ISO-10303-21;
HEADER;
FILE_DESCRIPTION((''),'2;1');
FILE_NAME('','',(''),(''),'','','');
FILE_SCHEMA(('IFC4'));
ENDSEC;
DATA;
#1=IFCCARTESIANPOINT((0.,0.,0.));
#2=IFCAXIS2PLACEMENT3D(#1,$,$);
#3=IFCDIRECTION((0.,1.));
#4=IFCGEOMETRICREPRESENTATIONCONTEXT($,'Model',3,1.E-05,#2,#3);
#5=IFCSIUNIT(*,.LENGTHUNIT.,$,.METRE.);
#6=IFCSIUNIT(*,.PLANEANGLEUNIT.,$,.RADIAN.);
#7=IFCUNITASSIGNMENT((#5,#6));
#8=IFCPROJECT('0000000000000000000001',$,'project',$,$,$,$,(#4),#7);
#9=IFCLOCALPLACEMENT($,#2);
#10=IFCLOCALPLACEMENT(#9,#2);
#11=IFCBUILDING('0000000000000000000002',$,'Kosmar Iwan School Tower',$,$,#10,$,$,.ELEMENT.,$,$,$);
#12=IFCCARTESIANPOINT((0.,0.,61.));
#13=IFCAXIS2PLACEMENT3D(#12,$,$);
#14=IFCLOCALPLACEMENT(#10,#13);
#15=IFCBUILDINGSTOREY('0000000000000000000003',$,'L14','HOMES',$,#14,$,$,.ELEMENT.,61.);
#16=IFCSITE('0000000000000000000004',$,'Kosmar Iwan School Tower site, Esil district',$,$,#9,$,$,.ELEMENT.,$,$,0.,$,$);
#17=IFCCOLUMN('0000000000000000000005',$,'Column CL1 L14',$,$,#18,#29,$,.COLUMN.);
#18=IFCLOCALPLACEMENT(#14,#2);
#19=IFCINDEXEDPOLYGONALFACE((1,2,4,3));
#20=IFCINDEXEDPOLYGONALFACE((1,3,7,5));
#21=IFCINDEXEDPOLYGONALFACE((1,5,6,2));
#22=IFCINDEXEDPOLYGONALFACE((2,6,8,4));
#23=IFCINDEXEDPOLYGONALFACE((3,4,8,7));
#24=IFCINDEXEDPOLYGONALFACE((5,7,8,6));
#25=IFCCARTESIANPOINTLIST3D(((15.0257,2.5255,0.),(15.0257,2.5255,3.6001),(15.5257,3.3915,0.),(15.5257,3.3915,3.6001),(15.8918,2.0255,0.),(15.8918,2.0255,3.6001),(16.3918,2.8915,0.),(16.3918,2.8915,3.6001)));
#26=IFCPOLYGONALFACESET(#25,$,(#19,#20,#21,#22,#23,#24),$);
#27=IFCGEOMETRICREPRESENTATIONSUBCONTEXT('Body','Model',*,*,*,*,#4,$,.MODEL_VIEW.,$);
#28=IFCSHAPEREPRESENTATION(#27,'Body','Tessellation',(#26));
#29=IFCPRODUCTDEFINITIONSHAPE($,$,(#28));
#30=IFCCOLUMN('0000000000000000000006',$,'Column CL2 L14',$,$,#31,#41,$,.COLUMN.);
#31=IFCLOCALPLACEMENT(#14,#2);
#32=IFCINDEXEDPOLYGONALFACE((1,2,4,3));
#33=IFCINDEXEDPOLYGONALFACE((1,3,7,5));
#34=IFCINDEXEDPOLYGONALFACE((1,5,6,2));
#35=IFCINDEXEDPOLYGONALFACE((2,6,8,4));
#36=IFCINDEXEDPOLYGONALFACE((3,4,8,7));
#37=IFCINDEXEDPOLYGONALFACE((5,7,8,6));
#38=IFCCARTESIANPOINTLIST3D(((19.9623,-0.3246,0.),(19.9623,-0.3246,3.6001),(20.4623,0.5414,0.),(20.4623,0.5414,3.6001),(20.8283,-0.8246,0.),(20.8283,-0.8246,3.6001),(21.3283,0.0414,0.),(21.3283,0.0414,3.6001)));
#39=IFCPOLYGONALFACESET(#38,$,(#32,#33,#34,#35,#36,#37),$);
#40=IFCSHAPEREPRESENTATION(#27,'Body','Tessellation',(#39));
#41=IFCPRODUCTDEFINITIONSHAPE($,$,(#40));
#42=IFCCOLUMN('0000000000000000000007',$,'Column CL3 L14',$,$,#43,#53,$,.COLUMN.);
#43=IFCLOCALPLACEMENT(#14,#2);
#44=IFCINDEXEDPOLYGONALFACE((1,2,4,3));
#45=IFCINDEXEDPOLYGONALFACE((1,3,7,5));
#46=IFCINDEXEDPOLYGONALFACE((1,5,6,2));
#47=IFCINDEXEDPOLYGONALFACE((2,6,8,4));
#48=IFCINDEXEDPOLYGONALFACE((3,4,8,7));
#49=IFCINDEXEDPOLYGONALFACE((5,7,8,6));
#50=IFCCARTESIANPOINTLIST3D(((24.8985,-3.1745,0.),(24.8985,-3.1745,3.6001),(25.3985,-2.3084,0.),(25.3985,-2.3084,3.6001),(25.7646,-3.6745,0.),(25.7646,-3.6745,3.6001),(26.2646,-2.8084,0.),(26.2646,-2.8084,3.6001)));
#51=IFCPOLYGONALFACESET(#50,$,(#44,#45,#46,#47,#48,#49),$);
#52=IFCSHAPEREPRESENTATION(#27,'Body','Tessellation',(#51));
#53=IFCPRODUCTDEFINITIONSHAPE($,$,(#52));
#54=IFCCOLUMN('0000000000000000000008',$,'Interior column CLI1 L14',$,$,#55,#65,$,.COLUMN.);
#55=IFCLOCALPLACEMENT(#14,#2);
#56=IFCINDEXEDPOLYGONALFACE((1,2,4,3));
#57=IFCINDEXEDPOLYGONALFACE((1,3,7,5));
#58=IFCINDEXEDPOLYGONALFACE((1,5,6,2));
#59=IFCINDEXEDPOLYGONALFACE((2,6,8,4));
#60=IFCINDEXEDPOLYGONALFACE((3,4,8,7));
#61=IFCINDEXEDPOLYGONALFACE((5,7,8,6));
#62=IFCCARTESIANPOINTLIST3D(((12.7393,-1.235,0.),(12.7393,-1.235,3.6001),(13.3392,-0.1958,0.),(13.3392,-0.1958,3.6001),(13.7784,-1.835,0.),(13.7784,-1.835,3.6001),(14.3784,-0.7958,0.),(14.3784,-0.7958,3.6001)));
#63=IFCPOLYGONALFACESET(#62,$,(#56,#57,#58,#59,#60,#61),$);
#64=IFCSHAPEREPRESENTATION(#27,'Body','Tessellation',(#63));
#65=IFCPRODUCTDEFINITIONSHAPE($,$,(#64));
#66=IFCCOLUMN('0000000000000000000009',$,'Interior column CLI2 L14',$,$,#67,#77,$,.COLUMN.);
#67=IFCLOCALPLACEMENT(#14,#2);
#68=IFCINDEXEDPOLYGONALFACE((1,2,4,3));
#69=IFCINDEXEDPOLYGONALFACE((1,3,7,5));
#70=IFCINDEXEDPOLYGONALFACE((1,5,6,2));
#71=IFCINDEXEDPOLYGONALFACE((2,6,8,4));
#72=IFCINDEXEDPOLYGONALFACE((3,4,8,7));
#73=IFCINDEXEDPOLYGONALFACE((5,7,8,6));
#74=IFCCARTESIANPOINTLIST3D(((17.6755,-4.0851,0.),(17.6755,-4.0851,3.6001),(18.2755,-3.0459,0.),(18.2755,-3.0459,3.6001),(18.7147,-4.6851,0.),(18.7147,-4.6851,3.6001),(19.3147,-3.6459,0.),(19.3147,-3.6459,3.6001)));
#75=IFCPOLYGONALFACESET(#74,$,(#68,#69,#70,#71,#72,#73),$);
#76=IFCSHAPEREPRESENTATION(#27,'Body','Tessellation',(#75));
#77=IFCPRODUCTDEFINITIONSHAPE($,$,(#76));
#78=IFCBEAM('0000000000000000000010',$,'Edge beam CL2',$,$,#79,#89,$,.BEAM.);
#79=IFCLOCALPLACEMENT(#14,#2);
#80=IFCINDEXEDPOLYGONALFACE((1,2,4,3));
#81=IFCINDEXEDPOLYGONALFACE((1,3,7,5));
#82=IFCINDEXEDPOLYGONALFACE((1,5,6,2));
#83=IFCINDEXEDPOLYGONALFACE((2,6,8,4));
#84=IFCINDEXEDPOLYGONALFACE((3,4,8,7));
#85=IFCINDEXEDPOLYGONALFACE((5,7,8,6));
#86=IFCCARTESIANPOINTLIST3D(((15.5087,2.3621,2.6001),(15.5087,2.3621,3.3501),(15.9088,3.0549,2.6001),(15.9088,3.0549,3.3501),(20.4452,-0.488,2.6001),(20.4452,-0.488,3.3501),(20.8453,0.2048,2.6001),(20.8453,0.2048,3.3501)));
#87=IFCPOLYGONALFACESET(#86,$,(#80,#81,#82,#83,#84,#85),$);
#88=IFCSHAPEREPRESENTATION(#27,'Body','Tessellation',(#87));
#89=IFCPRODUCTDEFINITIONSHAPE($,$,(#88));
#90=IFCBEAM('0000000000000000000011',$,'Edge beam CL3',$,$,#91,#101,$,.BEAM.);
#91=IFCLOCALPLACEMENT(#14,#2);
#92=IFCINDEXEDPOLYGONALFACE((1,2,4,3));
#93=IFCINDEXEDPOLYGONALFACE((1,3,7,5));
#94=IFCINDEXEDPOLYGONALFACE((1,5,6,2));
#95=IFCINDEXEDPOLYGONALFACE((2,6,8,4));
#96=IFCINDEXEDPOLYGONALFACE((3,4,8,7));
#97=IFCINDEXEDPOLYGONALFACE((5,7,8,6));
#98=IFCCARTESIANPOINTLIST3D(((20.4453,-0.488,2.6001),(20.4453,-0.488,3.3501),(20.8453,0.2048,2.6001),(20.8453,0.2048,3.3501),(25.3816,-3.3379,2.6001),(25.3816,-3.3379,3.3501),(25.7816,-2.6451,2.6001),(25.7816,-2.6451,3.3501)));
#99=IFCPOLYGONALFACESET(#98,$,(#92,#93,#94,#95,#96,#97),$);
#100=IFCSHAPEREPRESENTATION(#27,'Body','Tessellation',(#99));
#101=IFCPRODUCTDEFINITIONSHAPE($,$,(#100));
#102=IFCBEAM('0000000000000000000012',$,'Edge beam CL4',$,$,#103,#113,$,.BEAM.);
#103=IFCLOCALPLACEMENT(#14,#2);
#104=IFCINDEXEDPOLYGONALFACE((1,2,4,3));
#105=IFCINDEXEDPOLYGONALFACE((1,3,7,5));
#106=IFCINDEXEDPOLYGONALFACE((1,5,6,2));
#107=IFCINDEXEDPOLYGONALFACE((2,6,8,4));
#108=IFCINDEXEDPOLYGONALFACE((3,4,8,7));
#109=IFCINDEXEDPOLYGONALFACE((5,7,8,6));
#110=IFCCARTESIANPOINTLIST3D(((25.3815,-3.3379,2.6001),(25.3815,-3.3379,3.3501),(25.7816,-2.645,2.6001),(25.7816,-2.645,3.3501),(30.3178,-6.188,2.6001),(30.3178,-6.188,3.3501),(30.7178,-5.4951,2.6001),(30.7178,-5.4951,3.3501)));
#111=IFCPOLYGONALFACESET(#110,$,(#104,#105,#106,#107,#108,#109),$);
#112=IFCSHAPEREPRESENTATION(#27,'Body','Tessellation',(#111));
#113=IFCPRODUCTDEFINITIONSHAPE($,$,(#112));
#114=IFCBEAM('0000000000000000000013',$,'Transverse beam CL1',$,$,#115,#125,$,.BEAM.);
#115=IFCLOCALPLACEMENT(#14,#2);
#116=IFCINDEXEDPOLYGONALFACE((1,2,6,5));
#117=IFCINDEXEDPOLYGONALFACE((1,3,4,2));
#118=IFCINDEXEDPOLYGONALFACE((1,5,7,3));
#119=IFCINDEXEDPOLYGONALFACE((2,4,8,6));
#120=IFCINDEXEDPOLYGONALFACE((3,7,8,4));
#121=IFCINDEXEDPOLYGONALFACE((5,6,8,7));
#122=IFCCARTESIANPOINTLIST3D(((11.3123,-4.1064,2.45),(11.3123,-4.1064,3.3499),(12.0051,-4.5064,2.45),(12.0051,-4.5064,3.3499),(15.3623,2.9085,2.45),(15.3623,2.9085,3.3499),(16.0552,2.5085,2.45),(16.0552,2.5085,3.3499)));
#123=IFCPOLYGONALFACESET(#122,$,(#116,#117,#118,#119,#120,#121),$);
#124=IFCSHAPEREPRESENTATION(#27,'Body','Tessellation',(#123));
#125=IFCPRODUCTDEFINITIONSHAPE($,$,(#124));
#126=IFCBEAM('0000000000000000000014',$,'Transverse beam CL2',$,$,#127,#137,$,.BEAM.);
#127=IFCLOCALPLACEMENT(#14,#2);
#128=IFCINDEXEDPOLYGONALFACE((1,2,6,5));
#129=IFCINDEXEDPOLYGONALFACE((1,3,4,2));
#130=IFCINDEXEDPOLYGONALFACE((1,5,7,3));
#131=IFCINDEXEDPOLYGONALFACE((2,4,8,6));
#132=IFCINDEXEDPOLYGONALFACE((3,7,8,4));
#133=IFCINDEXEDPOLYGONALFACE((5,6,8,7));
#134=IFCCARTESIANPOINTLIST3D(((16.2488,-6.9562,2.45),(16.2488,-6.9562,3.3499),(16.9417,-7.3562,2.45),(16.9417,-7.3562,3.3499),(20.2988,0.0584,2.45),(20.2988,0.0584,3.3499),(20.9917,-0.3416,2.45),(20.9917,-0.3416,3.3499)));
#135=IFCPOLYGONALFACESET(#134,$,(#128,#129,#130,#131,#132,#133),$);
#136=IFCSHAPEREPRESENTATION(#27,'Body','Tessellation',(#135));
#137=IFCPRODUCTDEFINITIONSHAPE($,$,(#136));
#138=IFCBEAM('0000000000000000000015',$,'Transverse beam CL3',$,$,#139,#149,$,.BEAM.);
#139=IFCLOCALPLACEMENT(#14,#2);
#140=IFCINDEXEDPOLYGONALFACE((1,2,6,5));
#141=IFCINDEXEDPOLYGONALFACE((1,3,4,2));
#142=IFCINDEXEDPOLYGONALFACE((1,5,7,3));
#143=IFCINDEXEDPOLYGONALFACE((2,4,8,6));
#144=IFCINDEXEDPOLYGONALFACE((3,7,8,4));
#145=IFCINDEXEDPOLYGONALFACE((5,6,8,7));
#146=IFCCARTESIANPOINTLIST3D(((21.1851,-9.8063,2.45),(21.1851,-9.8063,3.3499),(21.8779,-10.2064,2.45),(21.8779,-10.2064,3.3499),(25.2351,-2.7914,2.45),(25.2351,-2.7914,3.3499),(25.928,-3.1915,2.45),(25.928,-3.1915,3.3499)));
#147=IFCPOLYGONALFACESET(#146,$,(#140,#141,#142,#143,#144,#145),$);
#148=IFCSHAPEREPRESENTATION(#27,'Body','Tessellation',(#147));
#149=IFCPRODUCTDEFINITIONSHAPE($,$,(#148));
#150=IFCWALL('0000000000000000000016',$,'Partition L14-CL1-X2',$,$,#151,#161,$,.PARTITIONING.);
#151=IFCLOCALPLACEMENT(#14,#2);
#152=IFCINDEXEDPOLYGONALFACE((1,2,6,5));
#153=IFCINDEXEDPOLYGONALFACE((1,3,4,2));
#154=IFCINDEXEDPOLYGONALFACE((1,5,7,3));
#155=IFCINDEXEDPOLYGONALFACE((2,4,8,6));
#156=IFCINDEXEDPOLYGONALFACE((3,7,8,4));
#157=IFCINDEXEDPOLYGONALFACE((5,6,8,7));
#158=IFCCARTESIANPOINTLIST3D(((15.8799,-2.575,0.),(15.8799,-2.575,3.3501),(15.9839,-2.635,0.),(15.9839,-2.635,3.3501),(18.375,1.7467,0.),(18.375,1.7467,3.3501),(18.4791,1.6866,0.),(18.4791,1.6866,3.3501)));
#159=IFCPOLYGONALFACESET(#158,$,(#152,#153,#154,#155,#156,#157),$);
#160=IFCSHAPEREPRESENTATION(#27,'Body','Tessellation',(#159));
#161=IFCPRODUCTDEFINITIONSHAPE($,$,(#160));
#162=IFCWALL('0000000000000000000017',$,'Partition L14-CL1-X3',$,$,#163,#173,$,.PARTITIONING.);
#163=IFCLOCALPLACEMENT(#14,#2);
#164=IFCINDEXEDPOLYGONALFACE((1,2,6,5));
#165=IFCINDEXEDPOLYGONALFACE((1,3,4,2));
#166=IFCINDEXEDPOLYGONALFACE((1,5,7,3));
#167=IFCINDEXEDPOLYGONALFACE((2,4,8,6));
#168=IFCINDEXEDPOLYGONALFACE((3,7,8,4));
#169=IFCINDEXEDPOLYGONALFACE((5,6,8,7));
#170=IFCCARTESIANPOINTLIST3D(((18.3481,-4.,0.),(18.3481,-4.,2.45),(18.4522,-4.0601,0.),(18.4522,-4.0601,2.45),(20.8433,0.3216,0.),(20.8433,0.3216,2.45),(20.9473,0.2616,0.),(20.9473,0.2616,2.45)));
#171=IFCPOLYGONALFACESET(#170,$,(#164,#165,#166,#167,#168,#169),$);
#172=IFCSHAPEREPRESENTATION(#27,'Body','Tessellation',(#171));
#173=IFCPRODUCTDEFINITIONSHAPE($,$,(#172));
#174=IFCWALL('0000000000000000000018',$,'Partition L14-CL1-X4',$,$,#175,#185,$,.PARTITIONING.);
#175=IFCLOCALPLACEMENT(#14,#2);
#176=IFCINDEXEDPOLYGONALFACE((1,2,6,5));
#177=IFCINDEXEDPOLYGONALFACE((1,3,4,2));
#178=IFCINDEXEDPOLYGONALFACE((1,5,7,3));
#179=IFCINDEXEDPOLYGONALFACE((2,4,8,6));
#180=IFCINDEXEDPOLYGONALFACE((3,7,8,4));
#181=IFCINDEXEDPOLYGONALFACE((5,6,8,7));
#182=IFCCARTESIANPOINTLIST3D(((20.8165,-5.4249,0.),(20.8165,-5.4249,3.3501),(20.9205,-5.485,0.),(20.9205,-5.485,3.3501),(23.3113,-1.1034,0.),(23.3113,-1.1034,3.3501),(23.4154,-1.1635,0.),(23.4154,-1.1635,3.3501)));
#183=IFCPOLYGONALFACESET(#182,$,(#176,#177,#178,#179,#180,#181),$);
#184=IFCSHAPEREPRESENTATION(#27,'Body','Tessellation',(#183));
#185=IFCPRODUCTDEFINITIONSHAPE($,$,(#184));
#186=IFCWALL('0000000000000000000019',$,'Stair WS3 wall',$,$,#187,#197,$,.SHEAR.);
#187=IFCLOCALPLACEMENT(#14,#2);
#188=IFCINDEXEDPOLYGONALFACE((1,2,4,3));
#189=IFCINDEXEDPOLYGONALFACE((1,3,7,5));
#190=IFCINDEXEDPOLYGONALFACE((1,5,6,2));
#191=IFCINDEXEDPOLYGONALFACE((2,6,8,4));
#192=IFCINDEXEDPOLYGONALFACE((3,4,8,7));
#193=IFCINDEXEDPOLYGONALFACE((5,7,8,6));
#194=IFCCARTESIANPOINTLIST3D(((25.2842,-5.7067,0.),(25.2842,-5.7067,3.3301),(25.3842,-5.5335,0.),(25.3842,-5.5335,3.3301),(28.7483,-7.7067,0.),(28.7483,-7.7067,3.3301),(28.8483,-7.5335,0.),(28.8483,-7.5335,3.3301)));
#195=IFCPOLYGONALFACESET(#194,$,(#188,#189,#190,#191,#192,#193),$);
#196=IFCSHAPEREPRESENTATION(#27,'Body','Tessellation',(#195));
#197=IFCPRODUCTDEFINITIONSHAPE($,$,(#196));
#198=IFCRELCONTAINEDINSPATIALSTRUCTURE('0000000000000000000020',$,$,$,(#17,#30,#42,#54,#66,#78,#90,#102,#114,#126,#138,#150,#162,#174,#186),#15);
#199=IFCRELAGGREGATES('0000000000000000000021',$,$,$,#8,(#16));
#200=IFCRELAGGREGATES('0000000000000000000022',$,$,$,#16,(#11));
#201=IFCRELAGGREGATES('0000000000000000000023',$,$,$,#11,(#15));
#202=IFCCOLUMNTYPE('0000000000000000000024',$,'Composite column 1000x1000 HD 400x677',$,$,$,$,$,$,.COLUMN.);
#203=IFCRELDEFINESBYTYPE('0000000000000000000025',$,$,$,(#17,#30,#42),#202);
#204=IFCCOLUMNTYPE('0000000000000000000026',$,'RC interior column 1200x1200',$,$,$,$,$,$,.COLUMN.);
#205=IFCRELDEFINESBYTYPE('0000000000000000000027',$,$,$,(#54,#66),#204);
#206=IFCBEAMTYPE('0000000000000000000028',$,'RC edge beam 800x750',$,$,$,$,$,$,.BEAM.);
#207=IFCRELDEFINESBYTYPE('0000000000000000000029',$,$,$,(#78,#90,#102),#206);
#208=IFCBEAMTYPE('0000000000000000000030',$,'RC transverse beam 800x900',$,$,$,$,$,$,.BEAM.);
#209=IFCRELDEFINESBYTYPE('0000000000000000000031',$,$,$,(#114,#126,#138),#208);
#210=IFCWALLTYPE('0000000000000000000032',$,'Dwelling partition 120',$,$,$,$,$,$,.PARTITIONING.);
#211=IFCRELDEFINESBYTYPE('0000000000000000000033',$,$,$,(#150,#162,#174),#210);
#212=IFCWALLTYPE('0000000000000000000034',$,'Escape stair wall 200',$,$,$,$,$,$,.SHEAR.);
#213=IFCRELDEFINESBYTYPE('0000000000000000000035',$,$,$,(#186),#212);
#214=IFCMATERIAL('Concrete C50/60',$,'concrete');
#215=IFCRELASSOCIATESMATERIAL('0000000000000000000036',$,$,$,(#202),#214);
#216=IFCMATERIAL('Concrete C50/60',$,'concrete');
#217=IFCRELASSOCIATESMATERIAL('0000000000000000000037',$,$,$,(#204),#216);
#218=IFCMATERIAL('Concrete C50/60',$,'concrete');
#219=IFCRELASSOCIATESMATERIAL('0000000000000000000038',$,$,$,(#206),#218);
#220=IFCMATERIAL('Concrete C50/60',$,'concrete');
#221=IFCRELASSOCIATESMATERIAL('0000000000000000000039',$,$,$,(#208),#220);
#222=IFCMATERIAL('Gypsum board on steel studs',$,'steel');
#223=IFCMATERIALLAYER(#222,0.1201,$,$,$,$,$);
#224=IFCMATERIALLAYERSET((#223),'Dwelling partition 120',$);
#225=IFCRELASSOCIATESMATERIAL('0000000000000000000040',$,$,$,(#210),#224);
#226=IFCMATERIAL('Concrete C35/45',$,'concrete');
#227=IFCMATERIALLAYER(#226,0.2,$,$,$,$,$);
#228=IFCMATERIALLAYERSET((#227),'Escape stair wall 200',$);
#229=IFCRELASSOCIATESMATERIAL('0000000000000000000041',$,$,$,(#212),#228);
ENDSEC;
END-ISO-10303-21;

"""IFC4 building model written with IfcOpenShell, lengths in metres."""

from ifc_helpers import new_model, si_unit, direction, frame, frame_2d, origin, origin_2d, place, context, subcontext, project, spatial, rectangle, extrude, material, layer, layer_set, material_profile, profile_set, type_object, element, save


model = new_model("IFC4")

# Units and contexts
model_context = context("Model", 3, precision=1e-05, world=origin(), true_north=direction((0.0, 1.0)))
body_context = subcontext(model_context, "Body", "Model", "MODEL_VIEW")
ifc_project = project(units=[si_unit("LENGTHUNIT", "METRE"), si_unit("PLANEANGLEUNIT", "RADIAN")], contexts=[model_context])

# Site, building, storey
site_placement = place(None, origin())
site = spatial("IfcSite", under=ifc_project, at=site_placement, Name="Kosmar Iwan School Tower site, Esil district", CompositionType="ELEMENT", RefElevation=0.0)
building_placement = place(site_placement, origin())
building = spatial("IfcBuilding", under=site, at=building_placement, Name="Kosmar Iwan School Tower", CompositionType="ELEMENT")
storey_placement = place(building_placement, frame((0.0, 0.0, 61.0)))
storey = spatial("IfcBuildingStorey", under=building, at=storey_placement, Name="L14", Description="HOMES", CompositionType="ELEMENT", Elevation=61.0)

# Columns
ifc_material_1 = material(Name="Concrete C50/60", Category="concrete")
ifc_material_profile_1 = material_profile(ifc_material_1, rectangle(XDim=1.0, YDim=1.0, at=origin_2d()), Name="RC 1000x1000 + HD 400x677")
ifc_profile_set_1 = profile_set([ifc_material_profile_1], Name="Concrete C50/60")
column_type_1 = type_object("IfcColumnType", Name="Composite column 1000x1000 HD 400x677", PredefinedType="COLUMN", material=ifc_profile_set_1)
for number, where, z_axis, x_axis, name in (
    (1, (15.7087, 2.7085, 0.0), (0.0, 0.0, 1.0), (0.866025, -0.5, 0.0), "Column CL1 L14"),
    (2, (20.6453, -0.1416, 0.0), (0.0, 0.0, 1.0), (0.866025, -0.5, 0.0), "Column CL2 L14"),
    (3, (25.5815, -2.9915, 0.0), (0.0, 0.0, 1.0), (0.866025, -0.5, 0.0), "Column CL3 L14"),
):
    element("IfcColumn", number, at=place(storey_placement, frame(where, z_axis=z_axis, x_axis=x_axis)), inside=storey, type_object=column_type_1, Name=name, PredefinedType="COLUMN", context=body_context, shape_type="SweptSolid", body=[
        extrude(rectangle(XDim=1.0, YDim=1.0, at=origin_2d()), origin(), (0.0, 0.0, 1.0), 3.6001),
    ])
ifc_material_2 = material(Name="Concrete C50/60", Category="concrete")
ifc_material_profile_2 = material_profile(ifc_material_2, rectangle(XDim=1.2, YDim=1.2, at=origin_2d()), Name="RC 1200x1200")
ifc_profile_set_2 = profile_set([ifc_material_profile_2], Name="Concrete C50/60")
column_type_2 = type_object("IfcColumnType", Name="RC interior column 1200x1200", PredefinedType="COLUMN", material=ifc_profile_set_2)
for number, where, z_axis, x_axis, name in (
    (4, (13.5588, -1.0154, 0.0), (0.0, 0.0, 1.0), (0.866025, -0.5, 0.0), "Interior column CLI1 L14"),
    (5, (18.4951, -3.8655, 0.0), (0.0, 0.0, 1.0), (0.866025, -0.5, 0.0), "Interior column CLI2 L14"),
):
    element("IfcColumn", number, at=place(storey_placement, frame(where, z_axis=z_axis, x_axis=x_axis)), inside=storey, type_object=column_type_2, Name=name, PredefinedType="COLUMN", context=body_context, shape_type="SweptSolid", body=[
        extrude(rectangle(XDim=1.2, YDim=1.2, at=origin_2d()), origin(), (0.0, 0.0, 1.0), 3.6001),
    ])

# Beams
ifc_material_3 = material(Name="Concrete C50/60", Category="concrete")
ifc_material_profile_3 = material_profile(ifc_material_3, rectangle(XDim=0.8, YDim=0.75, at=origin_2d()), Name="RC 800x750")
ifc_profile_set_3 = profile_set([ifc_material_profile_3], Name="Concrete C50/60")
beam_type_1 = type_object("IfcBeamType", Name="RC edge beam 800x750", PredefinedType="BEAM", material=ifc_profile_set_3)
beam_1_placement = place(storey_placement, frame((15.7087, 2.7085, 2.9751), z_axis=(0.866026, -0.499999, 0.0), x_axis=(0.499999, 0.866026, 0.0)))
element("IfcBeam", 6, at=beam_1_placement, inside=storey, type_object=beam_type_1, Name="Edge beam CL2", PredefinedType="BEAM", context=body_context, shape_type="SweptSolid", body=[
    extrude(rectangle(XDim=0.8, YDim=0.75, at=origin_2d()), origin(), (0.0, 0.0, 1.0), 5.7002),
])
for number, where, z_axis, x_axis, name in (
    (7, (20.6453, -0.1416, 2.9751), (0.866034, -0.499986, 0.0), (0.499986, 0.866034, 0.0), "Edge beam CL3"),
    (8, (25.5815, -2.9915, 2.9751), (0.866015, -0.500018, 0.0), (0.500018, 0.866015, 0.0), "Edge beam CL4"),
):
    element("IfcBeam", number, at=place(storey_placement, frame(where, z_axis=z_axis, x_axis=x_axis)), inside=storey, type_object=beam_type_1, Name=name, PredefinedType="BEAM", context=body_context, shape_type="SweptSolid", body=[
        extrude(rectangle(XDim=0.8, YDim=0.75, at=origin_2d()), origin(), (0.0, 0.0, 1.0), 5.7),
    ])
ifc_material_4 = material(Name="Concrete C50/60", Category="concrete")
ifc_material_profile_4 = material_profile(ifc_material_4, rectangle(XDim=0.8, YDim=0.8999, at=origin_2d()), Name="RC 800x900")
ifc_profile_set_4 = profile_set([ifc_material_profile_4], Name="Concrete C50/60")
beam_type_2 = type_object("IfcBeamType", Name="RC transverse beam 800x900", PredefinedType="BEAM", material=ifc_profile_set_4)
beam_2_placement = place(storey_placement, frame((15.7087, 2.7085, 2.8999), z_axis=(-0.5, -0.866025, 0.0), x_axis=(0.866025, -0.5, 0.0)))
element("IfcBeam", 9, at=beam_2_placement, inside=storey, type_object=beam_type_2, Name="Transverse beam CL1", PredefinedType="BEAM", context=body_context, shape_type="SweptSolid", body=[
    extrude(rectangle(XDim=0.8, YDim=0.8999, at=origin_2d()), origin(), (0.0, 0.0, 1.0), 8.1001),
])
beam_3_placement = place(storey_placement, frame((20.6453, -0.1416, 2.8999), z_axis=(-0.500013, -0.866018, 0.0), x_axis=(0.866018, -0.500013, 0.0)))
element("IfcBeam", 10, at=beam_3_placement, inside=storey, type_object=beam_type_2, Name="Transverse beam CL2", PredefinedType="BEAM", context=body_context, shape_type="SweptSolid", body=[
    extrude(rectangle(XDim=0.8, YDim=0.8999, at=origin_2d()), origin(), (0.0, 0.0, 1.0), 8.0999),
])
beam_4_placement = place(storey_placement, frame((25.5815, -2.9915, 2.8999), z_axis=(-0.5, -0.866025, 0.0), x_axis=(0.866025, -0.5, 0.0)))
element("IfcBeam", 11, at=beam_4_placement, inside=storey, type_object=beam_type_2, Name="Transverse beam CL3", PredefinedType="BEAM", context=body_context, shape_type="SweptSolid", body=[
    extrude(rectangle(XDim=0.8, YDim=0.8999, at=origin_2d()), origin(), (0.0, 0.0, 1.0), 8.1001),
])

# Walls
ifc_material_5 = material(Name="Gypsum board on steel studs", Category="steel")
ifc_layer_1 = layer(ifc_material_5, 0.1201)
ifc_layer_set_1 = layer_set([ifc_layer_1], Name="Dwelling partition 120")
wall_type_1 = type_object("IfcWallType", Name="Dwelling partition 120", PredefinedType="PARTITIONING", material=ifc_layer_set_1)
wall_1_placement = place(storey_placement, frame((15.9319, -2.605, 0.0), z_axis=(0.0, 0.0, 1.0), x_axis=(0.500012, 0.866019, 0.0)))
element("IfcWall", 12, at=wall_1_placement, inside=storey, type_object=wall_type_1, Name="Partition L14-CL1-X2", PredefinedType="PARTITIONING", context=body_context, shape_type="SweptSolid", body=[
    extrude(rectangle(XDim=4.9902, YDim=0.1201, at=frame_2d((2.4951, 0.0))), origin(), (0.0, 0.0, 1.0), 3.3501),
])
wall_2_placement = place(storey_placement, frame((18.4001, -4.03, 0.0), z_axis=(0.0, 0.0, 1.0), x_axis=(0.500012, 0.866019, 0.0)))
element("IfcWall", 13, at=wall_2_placement, inside=storey, type_object=wall_type_1, Name="Partition L14-CL1-X3", PredefinedType="PARTITIONING", context=body_context, shape_type="SweptSolid", body=[
    extrude(rectangle(XDim=4.9902, YDim=0.1201, at=frame_2d((2.4951, 0.0))), origin(), (0.0, 0.0, 1.0), 2.45),
])
wall_3_placement = place(storey_placement, frame((20.8684, -5.4551, 0.0), z_axis=(0.0, 0.0, 1.0), x_axis=(0.499975, 0.86604, 0.0)))
element("IfcWall", 14, at=wall_3_placement, inside=storey, type_object=wall_type_1, Name="Partition L14-CL1-X4", PredefinedType="PARTITIONING", context=body_context, shape_type="SweptSolid", body=[
    extrude(rectangle(XDim=4.99, YDim=0.1201, at=frame_2d((2.4951, 0.0))), origin(), (0.0, 0.0, 1.0), 3.3501),
])
ifc_material_6 = material(Name="Concrete C35/45", Category="concrete")
ifc_layer_2 = layer(ifc_material_6, 0.2)
ifc_layer_set_2 = layer_set([ifc_layer_2], Name="Escape stair wall 200")
wall_type_2 = type_object("IfcWallType", Name="Escape stair wall 200", PredefinedType="SHEAR", material=ifc_layer_set_2)
wall_4_placement = place(storey_placement, frame((25.3342, -5.6201, 0.0), z_axis=(0.0, 0.0, 1.0), x_axis=(0.866026, -0.499999, 0.0)))
element("IfcWall", 15, at=wall_4_placement, inside=storey, type_object=wall_type_2, Name="Stair WS3 wall", PredefinedType="SHEAR", context=body_context, shape_type="SweptSolid", body=[
    extrude(rectangle(XDim=4.0, YDim=0.2, at=frame_2d((2.0, 0.0))), origin(), (0.0, 0.0, 1.0), 3.3301),
])

save(model, "model.ifc")
